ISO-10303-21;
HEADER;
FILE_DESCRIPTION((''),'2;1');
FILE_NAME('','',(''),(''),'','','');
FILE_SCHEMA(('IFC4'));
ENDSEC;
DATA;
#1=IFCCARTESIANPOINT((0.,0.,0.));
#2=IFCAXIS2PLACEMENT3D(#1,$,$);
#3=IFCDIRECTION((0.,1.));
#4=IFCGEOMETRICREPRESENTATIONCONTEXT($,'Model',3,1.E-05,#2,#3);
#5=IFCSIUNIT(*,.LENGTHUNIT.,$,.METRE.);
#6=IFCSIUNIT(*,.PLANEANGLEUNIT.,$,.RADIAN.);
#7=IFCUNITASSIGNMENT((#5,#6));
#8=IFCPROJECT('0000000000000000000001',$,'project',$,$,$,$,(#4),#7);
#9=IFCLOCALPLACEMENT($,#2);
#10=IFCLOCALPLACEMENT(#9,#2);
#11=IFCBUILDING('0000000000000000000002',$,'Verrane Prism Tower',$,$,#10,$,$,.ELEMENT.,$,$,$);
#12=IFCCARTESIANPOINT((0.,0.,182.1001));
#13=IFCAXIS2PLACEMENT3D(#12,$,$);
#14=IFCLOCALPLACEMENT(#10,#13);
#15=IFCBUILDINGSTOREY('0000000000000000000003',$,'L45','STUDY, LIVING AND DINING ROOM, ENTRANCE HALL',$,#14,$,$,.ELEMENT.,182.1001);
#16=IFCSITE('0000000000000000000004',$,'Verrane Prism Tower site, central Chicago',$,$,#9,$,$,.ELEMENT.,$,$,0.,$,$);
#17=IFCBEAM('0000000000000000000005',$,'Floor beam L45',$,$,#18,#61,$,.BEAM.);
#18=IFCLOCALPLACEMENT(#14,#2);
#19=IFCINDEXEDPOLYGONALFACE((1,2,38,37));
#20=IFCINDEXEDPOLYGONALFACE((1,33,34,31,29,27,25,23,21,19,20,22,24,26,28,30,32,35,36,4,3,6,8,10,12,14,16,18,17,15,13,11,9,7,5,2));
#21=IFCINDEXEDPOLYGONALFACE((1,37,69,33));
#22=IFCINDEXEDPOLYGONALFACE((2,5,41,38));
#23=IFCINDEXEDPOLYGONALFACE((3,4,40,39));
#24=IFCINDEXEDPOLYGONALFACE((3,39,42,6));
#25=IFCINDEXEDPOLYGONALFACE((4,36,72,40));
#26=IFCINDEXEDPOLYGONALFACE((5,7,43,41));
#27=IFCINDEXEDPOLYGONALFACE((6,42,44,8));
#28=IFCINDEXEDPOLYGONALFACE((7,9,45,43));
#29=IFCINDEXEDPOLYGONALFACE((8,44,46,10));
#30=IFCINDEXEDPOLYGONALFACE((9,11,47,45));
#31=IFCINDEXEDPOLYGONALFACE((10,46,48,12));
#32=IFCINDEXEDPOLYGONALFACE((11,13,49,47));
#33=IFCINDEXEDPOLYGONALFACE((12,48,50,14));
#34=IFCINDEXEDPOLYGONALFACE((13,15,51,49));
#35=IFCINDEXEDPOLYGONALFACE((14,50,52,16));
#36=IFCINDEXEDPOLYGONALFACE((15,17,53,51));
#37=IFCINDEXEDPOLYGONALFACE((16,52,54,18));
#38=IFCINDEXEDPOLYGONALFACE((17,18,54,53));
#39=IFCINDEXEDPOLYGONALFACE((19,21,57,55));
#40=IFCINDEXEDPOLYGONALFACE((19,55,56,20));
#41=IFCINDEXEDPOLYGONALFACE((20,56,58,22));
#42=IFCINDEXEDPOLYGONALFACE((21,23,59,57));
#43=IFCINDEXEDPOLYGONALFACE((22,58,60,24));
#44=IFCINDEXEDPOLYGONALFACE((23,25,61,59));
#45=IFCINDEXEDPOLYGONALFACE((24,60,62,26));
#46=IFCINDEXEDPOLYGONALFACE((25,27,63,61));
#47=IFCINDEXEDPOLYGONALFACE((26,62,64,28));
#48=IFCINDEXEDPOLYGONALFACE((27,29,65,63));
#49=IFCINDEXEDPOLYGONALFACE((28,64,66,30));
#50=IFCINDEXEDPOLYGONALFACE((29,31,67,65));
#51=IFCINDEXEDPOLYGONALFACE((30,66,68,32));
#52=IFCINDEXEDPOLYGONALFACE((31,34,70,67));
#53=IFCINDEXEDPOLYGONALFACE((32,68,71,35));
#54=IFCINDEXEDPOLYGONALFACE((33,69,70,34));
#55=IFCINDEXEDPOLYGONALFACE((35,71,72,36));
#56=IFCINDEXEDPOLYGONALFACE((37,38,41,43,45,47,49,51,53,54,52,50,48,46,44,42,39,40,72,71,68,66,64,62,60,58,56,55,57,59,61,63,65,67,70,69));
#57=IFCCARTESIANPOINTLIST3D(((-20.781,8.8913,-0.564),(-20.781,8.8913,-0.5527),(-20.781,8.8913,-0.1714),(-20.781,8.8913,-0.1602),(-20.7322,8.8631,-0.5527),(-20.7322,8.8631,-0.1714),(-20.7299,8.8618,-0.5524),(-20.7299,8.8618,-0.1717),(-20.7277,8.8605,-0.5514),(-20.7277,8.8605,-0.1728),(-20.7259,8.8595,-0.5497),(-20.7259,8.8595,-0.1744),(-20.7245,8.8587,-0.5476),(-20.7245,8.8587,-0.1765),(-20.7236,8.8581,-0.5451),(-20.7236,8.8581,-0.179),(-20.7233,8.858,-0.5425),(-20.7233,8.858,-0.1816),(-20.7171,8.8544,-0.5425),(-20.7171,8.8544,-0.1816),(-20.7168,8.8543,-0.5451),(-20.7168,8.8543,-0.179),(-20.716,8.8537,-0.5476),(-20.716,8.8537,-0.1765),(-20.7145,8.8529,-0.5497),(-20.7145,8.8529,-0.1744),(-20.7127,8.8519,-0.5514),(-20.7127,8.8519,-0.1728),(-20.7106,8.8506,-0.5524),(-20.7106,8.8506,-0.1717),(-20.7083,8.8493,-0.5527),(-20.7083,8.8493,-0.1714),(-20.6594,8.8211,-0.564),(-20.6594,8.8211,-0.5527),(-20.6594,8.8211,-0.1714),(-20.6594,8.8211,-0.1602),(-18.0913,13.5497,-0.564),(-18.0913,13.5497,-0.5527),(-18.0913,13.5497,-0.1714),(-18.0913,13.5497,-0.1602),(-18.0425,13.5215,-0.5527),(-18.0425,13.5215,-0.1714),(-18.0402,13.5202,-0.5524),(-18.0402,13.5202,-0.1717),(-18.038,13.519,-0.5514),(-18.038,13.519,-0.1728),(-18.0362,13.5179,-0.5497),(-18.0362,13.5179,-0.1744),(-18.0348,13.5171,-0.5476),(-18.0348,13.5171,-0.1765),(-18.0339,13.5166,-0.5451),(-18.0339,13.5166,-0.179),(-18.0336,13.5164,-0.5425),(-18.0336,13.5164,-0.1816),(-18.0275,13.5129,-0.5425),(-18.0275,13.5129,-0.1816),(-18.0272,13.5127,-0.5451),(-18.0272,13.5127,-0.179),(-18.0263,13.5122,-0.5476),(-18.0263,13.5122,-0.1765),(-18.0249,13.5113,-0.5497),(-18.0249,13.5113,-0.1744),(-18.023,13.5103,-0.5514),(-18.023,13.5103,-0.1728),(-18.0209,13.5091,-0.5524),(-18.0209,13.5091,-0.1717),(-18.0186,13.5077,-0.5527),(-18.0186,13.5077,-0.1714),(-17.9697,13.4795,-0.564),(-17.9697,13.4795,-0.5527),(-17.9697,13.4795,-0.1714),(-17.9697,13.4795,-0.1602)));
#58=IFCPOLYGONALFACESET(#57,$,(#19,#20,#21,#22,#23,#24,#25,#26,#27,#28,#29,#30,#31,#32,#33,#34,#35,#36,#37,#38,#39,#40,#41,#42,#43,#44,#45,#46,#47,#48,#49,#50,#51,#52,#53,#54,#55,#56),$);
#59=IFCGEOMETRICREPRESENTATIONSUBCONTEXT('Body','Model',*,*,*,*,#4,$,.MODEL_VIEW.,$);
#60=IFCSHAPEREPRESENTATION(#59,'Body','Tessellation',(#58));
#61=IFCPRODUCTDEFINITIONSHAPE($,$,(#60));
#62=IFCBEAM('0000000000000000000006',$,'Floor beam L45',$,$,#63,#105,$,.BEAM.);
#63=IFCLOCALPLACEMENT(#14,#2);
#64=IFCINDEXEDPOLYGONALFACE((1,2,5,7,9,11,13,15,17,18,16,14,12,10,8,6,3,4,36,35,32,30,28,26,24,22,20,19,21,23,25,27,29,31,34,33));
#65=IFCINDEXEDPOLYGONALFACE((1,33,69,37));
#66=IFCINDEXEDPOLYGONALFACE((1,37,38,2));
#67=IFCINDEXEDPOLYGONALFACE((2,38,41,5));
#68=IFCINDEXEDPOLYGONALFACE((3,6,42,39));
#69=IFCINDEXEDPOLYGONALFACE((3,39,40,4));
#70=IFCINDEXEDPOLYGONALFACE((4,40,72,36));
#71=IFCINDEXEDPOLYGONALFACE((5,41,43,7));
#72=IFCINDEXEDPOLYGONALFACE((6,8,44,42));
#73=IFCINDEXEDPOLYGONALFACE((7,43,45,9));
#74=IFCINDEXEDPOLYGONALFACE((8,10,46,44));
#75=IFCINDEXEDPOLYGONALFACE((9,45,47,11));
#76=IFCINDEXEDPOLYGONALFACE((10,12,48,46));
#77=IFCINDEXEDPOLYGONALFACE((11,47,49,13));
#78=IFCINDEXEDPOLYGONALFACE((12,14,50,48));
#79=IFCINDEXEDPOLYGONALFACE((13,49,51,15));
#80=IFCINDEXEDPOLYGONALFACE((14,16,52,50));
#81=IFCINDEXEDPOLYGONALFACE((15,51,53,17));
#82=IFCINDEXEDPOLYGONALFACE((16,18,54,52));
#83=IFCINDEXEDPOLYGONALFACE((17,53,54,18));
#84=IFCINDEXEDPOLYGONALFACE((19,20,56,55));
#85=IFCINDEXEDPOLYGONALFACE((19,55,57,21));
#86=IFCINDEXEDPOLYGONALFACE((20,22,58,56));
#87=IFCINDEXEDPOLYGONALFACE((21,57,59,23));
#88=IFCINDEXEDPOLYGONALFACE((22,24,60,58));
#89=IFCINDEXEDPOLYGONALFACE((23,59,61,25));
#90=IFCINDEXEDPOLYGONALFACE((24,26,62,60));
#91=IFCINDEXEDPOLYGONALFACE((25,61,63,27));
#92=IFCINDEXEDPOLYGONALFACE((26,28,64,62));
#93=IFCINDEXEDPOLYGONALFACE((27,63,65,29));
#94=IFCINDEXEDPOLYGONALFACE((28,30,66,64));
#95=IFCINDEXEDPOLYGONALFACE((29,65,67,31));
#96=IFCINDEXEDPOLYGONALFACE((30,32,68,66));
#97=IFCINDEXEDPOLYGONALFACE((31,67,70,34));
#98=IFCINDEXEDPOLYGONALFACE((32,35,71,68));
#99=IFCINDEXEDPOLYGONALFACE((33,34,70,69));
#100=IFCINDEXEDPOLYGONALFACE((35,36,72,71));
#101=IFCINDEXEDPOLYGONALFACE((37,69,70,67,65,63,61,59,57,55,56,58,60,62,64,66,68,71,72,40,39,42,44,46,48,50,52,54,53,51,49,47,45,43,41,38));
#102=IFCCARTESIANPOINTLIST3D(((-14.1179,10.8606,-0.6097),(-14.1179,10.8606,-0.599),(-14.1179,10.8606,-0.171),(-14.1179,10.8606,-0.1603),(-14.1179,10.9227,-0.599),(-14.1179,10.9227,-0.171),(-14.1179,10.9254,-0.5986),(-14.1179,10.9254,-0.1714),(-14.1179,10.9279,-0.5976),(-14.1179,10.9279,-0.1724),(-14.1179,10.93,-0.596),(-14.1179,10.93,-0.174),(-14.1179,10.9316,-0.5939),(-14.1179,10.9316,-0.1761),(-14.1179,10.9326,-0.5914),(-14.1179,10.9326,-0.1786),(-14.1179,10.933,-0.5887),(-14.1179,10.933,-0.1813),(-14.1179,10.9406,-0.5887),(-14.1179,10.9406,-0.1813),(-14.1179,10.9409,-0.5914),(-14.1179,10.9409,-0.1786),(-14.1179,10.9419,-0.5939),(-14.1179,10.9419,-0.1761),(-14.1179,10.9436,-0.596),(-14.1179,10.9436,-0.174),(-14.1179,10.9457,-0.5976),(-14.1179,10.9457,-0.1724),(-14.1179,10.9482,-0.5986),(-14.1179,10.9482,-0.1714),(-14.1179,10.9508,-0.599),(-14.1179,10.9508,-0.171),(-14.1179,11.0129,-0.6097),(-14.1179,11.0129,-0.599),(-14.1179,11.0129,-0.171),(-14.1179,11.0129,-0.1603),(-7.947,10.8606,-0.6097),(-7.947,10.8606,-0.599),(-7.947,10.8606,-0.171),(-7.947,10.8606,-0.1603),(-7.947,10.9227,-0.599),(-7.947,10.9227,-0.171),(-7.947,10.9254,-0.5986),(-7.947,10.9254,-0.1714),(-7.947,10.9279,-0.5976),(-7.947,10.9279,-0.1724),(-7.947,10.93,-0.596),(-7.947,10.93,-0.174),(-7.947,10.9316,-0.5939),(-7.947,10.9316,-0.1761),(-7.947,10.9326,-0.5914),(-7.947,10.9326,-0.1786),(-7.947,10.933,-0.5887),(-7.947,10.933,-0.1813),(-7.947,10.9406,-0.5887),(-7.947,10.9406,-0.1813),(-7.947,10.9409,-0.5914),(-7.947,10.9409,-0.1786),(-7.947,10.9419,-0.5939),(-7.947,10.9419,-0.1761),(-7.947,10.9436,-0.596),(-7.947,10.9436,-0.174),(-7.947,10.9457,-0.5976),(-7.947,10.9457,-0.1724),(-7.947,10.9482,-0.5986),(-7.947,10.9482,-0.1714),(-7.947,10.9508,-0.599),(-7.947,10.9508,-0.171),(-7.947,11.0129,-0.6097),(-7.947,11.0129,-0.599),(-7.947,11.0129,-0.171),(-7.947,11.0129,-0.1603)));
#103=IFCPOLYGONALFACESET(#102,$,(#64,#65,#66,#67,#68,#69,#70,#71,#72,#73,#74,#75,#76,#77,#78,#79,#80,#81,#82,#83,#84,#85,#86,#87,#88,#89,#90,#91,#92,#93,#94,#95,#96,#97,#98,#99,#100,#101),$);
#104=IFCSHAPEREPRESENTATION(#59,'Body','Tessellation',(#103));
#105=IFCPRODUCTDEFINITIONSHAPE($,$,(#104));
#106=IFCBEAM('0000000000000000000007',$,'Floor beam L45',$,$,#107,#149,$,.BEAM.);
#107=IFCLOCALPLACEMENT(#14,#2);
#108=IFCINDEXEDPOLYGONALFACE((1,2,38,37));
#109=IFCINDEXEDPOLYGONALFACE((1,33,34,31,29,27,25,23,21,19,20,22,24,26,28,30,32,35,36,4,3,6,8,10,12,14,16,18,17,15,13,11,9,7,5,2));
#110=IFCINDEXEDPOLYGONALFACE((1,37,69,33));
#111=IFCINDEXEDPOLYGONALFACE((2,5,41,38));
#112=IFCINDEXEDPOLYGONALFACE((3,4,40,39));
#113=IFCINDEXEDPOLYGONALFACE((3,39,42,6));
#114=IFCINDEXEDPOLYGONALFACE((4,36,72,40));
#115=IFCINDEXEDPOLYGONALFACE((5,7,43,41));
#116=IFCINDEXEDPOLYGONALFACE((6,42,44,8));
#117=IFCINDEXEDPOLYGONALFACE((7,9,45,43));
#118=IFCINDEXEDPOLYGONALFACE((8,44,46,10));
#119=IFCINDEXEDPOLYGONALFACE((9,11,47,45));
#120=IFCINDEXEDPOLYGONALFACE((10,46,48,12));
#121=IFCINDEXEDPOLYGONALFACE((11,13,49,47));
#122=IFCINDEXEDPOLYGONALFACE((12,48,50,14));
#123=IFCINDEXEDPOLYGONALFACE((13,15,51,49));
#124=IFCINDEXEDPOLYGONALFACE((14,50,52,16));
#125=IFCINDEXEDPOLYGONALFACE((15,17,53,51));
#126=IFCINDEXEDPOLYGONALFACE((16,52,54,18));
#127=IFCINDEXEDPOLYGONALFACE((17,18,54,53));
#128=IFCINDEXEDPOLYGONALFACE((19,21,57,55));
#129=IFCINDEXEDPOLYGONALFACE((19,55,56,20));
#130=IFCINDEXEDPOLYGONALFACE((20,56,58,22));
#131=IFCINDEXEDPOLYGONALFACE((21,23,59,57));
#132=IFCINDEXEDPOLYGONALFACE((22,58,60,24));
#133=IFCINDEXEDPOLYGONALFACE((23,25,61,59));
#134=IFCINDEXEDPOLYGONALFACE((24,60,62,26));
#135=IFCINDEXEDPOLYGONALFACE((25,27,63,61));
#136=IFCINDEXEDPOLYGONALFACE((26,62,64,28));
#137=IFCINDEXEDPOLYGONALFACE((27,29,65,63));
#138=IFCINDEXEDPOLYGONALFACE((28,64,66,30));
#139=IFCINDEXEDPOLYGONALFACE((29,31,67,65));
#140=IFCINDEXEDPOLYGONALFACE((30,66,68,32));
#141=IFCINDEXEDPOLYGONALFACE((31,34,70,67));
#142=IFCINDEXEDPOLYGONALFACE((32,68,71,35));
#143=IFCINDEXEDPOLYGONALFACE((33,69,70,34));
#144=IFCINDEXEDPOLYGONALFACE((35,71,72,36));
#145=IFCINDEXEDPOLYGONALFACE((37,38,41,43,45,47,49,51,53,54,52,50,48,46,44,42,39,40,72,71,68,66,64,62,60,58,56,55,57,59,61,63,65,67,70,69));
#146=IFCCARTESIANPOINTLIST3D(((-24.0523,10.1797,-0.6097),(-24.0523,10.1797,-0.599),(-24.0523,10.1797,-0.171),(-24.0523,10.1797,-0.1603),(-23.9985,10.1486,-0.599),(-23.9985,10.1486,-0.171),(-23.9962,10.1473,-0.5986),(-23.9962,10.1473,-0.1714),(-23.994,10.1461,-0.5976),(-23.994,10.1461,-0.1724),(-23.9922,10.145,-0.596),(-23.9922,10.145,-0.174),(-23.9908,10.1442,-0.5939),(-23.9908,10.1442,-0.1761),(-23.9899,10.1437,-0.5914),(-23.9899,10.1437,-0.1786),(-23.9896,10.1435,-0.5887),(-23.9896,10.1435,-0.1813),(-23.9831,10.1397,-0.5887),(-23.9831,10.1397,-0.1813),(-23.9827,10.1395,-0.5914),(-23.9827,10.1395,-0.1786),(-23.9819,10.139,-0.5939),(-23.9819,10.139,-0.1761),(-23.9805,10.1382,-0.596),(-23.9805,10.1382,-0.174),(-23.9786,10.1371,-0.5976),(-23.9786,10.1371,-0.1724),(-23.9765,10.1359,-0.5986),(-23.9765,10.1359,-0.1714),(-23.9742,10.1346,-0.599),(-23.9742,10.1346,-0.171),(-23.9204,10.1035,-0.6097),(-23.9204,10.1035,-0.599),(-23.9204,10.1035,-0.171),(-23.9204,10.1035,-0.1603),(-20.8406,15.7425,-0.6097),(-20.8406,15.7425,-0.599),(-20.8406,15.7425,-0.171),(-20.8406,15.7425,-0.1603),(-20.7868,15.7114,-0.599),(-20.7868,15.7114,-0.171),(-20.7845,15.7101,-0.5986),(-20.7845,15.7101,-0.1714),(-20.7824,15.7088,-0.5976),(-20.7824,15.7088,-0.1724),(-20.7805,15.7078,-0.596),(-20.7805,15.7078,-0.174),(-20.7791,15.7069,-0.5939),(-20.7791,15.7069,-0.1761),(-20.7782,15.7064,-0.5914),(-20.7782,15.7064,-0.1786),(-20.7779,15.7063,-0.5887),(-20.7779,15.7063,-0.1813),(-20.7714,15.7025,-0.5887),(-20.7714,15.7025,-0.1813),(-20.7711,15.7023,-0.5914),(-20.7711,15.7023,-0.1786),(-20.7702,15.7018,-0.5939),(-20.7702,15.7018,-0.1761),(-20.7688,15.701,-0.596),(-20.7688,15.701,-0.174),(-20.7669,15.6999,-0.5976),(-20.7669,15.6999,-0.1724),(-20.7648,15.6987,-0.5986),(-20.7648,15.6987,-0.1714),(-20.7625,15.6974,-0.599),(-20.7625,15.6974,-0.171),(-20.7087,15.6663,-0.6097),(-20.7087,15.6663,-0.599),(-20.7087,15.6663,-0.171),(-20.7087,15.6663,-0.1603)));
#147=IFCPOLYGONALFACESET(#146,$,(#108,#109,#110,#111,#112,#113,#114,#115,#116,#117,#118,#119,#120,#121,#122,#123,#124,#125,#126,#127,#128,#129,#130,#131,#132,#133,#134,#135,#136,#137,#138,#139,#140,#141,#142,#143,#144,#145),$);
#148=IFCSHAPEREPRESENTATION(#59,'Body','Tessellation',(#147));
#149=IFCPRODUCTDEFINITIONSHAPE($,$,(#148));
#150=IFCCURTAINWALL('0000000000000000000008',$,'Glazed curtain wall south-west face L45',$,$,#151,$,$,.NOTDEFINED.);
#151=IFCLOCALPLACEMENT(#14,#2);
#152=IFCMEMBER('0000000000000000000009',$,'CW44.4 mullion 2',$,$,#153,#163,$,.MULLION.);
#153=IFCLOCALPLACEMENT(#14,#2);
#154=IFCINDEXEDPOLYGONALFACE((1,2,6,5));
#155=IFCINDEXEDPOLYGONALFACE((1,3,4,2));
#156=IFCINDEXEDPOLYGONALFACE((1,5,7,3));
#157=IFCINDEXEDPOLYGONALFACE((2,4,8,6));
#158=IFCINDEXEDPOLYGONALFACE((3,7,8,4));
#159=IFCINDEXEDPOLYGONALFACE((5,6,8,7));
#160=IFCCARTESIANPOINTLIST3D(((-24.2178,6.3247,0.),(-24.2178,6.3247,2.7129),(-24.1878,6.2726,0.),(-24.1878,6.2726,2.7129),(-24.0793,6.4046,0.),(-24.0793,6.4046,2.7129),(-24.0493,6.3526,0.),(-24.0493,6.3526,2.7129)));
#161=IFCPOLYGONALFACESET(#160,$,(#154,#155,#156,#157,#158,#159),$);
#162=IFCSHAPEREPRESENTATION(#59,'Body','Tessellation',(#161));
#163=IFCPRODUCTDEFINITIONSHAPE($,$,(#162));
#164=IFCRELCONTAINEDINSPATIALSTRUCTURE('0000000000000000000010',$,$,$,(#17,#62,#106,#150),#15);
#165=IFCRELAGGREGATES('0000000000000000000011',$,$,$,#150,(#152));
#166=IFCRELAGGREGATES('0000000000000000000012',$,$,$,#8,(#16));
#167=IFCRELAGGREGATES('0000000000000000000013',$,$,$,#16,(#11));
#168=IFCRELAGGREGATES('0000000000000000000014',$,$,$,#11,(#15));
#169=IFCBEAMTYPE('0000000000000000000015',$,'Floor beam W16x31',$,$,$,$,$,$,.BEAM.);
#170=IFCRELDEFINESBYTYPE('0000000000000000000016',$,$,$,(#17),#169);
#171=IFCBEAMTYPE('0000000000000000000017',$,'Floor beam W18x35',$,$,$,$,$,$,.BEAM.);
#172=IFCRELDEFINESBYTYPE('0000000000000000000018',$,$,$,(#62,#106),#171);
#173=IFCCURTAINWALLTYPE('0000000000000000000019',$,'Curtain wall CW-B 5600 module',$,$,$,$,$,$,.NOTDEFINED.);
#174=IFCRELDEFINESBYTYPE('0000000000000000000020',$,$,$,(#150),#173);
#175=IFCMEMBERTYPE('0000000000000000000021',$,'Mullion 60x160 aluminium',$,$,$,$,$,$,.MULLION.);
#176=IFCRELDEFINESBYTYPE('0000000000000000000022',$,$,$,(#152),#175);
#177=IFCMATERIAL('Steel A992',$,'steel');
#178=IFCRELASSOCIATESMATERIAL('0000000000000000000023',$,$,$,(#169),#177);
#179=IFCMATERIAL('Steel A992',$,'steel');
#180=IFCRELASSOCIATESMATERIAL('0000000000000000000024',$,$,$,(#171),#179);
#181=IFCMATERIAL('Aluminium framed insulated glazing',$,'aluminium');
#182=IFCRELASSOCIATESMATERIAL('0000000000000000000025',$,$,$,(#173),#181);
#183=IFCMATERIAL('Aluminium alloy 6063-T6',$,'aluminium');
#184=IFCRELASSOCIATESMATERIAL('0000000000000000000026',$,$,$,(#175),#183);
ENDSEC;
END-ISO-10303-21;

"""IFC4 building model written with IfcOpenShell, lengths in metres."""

from ifc_helpers import new_model, si_unit, direction, frame, origin, origin_2d, place, context, subcontext, project, spatial, rectangle, i_section, extrude, material, material_profile, profile_set, type_object, element, aggregate, save


model = new_model("IFC4")

# Units and contexts
model_context = context("Model", 3, precision=1e-05, world=origin(), true_north=direction((0.0, 1.0)))
body_context = subcontext(model_context, "Body", "Model", "MODEL_VIEW")
ifc_project = project(units=[si_unit("LENGTHUNIT", "METRE"), si_unit("PLANEANGLEUNIT", "RADIAN")], contexts=[model_context])

# Site, building, storey
site_placement = place(None, origin())
site = spatial("IfcSite", under=ifc_project, at=site_placement, Name="Verrane Prism Tower site, central Chicago", CompositionType="ELEMENT", RefElevation=0.0)
building_placement = place(site_placement, origin())
building = spatial("IfcBuilding", under=site, at=building_placement, Name="Verrane Prism Tower", CompositionType="ELEMENT")
storey_placement = place(building_placement, frame((0.0, 0.0, 182.1001)))
storey = spatial("IfcBuildingStorey", under=building, at=storey_placement, Name="L45", Description="STUDY, LIVING AND DINING ROOM, ENTRANCE HALL", CompositionType="ELEMENT", Elevation=182.1001)

# Beams
ifc_material_1 = material(Name="Steel A992", Category="steel")
ifc_material_profile_1 = material_profile(ifc_material_1, i_section(OverallWidth=0.1404, OverallDepth=0.4038, WebThickness=0.0071, FlangeThickness=0.0112, FilletRadius=0.0103, at=origin_2d()), Name="W16x31")
ifc_profile_set_1 = profile_set([ifc_material_profile_1], Name="Steel A992")
beam_type_1 = type_object("IfcBeamType", Name="Floor beam W16x31", PredefinedType="BEAM", material=ifc_profile_set_1)
beam_1_placement = place(storey_placement, frame((-20.7202, 8.8562, -0.3621), z_axis=(0.50002, 0.866014, 0.0), x_axis=(-0.866014, 0.50002, 0.0)))
element("IfcBeam", 1, at=beam_1_placement, inside=storey, type_object=beam_type_1, Name="Floor beam L45", PredefinedType="BEAM", context=body_context, shape_type="SweptSolid", body=[
    extrude(i_section(OverallWidth=0.1404, OverallDepth=0.4038, WebThickness=0.0071, FlangeThickness=0.0112, FilletRadius=0.0103, at=origin_2d()), origin(), (0.0, 0.0, 1.0), 5.3792),
])
ifc_material_2 = material(Name="Steel A992", Category="steel")
ifc_material_profile_2 = material_profile(ifc_material_2, i_section(OverallWidth=0.1523, OverallDepth=0.4495, WebThickness=0.0076, FlangeThickness=0.0107, FilletRadius=0.0103, at=origin_2d()), Name="W18x35")
ifc_profile_set_2 = profile_set([ifc_material_profile_2], Name="Steel A992")
beam_type_2 = type_object("IfcBeamType", Name="Floor beam W18x35", PredefinedType="BEAM", material=ifc_profile_set_2)
beam_2_placement = place(storey_placement, frame((-14.1179, 10.9368, -0.385), z_axis=(1.0, 0.0, 0.0), x_axis=(0.0, 1.0, 0.0)))
element("IfcBeam", 2, at=beam_2_placement, inside=storey, type_object=beam_type_2, Name="Floor beam L45", PredefinedType="BEAM", context=body_context, shape_type="SweptSolid", body=[
    extrude(i_section(OverallWidth=0.1523, OverallDepth=0.4495, WebThickness=0.0076, FlangeThickness=0.0107, FilletRadius=0.0103, at=origin_2d()), origin(), (0.0, 0.0, 1.0), 6.1709),
])
beam_3_placement = place(storey_placement, frame((-23.9863, 10.1416, -0.385), z_axis=(0.500002, 0.866024, 0.0), x_axis=(-0.866024, 0.500002, 0.0)))
element("IfcBeam", 3, at=beam_3_placement, inside=storey, type_object=beam_type_2, Name="Floor beam L45", PredefinedType="BEAM", context=body_context, shape_type="SweptSolid", body=[
    extrude(i_section(OverallWidth=0.1523, OverallDepth=0.4495, WebThickness=0.0076, FlangeThickness=0.0107, FilletRadius=0.0103, at=origin_2d()), origin(), (0.0, 0.0, 1.0), 6.4233),
])

# Curtain wall, member
ifc_material_3 = material(Name="Aluminium framed insulated glazing", Category="aluminium")
curtain_wall_type = type_object("IfcCurtainWallType", Name="Curtain wall CW-B 5600 module", PredefinedType="NOTDEFINED", material=ifc_material_3)
curtain_wall_placement = place(storey_placement, origin())
curtain_wall = element("IfcCurtainWall", 4, at=curtain_wall_placement, inside=storey, type_object=curtain_wall_type, Name="Glazed curtain wall south-west face L45", PredefinedType="NOTDEFINED")
ifc_material_4 = material(Name="Aluminium alloy 6063-T6", Category="aluminium")
ifc_material_profile_3 = material_profile(ifc_material_4, rectangle(XDim=0.1599, YDim=0.0601, at=origin_2d()), Name="Mullion 60x160 aluminium")
ifc_profile_set_3 = profile_set([ifc_material_profile_3], Name="Aluminium alloy 6063-T6")
member_type_1 = type_object("IfcMemberType", Name="Mullion 60x160 aluminium", PredefinedType="MULLION", material=ifc_profile_set_3)
member_1_placement = place(storey_placement, frame((-24.1335, 6.3386, 0.0), z_axis=(0.0, 0.0, 1.0), x_axis=(0.866026, 0.499999, 0.0)))
member_1 = element("IfcMember", 5, at=member_1_placement, type_object=member_type_1, Name="CW44.4 mullion 2", PredefinedType="MULLION", context=body_context, shape_type="SweptSolid", body=[
    extrude(rectangle(XDim=0.1599, YDim=0.0601, at=origin_2d()), origin(), (0.0, 0.0, 1.0), 2.7129),
])

aggregate(curtain_wall, [member_1])

save(model, "model.ifc")
